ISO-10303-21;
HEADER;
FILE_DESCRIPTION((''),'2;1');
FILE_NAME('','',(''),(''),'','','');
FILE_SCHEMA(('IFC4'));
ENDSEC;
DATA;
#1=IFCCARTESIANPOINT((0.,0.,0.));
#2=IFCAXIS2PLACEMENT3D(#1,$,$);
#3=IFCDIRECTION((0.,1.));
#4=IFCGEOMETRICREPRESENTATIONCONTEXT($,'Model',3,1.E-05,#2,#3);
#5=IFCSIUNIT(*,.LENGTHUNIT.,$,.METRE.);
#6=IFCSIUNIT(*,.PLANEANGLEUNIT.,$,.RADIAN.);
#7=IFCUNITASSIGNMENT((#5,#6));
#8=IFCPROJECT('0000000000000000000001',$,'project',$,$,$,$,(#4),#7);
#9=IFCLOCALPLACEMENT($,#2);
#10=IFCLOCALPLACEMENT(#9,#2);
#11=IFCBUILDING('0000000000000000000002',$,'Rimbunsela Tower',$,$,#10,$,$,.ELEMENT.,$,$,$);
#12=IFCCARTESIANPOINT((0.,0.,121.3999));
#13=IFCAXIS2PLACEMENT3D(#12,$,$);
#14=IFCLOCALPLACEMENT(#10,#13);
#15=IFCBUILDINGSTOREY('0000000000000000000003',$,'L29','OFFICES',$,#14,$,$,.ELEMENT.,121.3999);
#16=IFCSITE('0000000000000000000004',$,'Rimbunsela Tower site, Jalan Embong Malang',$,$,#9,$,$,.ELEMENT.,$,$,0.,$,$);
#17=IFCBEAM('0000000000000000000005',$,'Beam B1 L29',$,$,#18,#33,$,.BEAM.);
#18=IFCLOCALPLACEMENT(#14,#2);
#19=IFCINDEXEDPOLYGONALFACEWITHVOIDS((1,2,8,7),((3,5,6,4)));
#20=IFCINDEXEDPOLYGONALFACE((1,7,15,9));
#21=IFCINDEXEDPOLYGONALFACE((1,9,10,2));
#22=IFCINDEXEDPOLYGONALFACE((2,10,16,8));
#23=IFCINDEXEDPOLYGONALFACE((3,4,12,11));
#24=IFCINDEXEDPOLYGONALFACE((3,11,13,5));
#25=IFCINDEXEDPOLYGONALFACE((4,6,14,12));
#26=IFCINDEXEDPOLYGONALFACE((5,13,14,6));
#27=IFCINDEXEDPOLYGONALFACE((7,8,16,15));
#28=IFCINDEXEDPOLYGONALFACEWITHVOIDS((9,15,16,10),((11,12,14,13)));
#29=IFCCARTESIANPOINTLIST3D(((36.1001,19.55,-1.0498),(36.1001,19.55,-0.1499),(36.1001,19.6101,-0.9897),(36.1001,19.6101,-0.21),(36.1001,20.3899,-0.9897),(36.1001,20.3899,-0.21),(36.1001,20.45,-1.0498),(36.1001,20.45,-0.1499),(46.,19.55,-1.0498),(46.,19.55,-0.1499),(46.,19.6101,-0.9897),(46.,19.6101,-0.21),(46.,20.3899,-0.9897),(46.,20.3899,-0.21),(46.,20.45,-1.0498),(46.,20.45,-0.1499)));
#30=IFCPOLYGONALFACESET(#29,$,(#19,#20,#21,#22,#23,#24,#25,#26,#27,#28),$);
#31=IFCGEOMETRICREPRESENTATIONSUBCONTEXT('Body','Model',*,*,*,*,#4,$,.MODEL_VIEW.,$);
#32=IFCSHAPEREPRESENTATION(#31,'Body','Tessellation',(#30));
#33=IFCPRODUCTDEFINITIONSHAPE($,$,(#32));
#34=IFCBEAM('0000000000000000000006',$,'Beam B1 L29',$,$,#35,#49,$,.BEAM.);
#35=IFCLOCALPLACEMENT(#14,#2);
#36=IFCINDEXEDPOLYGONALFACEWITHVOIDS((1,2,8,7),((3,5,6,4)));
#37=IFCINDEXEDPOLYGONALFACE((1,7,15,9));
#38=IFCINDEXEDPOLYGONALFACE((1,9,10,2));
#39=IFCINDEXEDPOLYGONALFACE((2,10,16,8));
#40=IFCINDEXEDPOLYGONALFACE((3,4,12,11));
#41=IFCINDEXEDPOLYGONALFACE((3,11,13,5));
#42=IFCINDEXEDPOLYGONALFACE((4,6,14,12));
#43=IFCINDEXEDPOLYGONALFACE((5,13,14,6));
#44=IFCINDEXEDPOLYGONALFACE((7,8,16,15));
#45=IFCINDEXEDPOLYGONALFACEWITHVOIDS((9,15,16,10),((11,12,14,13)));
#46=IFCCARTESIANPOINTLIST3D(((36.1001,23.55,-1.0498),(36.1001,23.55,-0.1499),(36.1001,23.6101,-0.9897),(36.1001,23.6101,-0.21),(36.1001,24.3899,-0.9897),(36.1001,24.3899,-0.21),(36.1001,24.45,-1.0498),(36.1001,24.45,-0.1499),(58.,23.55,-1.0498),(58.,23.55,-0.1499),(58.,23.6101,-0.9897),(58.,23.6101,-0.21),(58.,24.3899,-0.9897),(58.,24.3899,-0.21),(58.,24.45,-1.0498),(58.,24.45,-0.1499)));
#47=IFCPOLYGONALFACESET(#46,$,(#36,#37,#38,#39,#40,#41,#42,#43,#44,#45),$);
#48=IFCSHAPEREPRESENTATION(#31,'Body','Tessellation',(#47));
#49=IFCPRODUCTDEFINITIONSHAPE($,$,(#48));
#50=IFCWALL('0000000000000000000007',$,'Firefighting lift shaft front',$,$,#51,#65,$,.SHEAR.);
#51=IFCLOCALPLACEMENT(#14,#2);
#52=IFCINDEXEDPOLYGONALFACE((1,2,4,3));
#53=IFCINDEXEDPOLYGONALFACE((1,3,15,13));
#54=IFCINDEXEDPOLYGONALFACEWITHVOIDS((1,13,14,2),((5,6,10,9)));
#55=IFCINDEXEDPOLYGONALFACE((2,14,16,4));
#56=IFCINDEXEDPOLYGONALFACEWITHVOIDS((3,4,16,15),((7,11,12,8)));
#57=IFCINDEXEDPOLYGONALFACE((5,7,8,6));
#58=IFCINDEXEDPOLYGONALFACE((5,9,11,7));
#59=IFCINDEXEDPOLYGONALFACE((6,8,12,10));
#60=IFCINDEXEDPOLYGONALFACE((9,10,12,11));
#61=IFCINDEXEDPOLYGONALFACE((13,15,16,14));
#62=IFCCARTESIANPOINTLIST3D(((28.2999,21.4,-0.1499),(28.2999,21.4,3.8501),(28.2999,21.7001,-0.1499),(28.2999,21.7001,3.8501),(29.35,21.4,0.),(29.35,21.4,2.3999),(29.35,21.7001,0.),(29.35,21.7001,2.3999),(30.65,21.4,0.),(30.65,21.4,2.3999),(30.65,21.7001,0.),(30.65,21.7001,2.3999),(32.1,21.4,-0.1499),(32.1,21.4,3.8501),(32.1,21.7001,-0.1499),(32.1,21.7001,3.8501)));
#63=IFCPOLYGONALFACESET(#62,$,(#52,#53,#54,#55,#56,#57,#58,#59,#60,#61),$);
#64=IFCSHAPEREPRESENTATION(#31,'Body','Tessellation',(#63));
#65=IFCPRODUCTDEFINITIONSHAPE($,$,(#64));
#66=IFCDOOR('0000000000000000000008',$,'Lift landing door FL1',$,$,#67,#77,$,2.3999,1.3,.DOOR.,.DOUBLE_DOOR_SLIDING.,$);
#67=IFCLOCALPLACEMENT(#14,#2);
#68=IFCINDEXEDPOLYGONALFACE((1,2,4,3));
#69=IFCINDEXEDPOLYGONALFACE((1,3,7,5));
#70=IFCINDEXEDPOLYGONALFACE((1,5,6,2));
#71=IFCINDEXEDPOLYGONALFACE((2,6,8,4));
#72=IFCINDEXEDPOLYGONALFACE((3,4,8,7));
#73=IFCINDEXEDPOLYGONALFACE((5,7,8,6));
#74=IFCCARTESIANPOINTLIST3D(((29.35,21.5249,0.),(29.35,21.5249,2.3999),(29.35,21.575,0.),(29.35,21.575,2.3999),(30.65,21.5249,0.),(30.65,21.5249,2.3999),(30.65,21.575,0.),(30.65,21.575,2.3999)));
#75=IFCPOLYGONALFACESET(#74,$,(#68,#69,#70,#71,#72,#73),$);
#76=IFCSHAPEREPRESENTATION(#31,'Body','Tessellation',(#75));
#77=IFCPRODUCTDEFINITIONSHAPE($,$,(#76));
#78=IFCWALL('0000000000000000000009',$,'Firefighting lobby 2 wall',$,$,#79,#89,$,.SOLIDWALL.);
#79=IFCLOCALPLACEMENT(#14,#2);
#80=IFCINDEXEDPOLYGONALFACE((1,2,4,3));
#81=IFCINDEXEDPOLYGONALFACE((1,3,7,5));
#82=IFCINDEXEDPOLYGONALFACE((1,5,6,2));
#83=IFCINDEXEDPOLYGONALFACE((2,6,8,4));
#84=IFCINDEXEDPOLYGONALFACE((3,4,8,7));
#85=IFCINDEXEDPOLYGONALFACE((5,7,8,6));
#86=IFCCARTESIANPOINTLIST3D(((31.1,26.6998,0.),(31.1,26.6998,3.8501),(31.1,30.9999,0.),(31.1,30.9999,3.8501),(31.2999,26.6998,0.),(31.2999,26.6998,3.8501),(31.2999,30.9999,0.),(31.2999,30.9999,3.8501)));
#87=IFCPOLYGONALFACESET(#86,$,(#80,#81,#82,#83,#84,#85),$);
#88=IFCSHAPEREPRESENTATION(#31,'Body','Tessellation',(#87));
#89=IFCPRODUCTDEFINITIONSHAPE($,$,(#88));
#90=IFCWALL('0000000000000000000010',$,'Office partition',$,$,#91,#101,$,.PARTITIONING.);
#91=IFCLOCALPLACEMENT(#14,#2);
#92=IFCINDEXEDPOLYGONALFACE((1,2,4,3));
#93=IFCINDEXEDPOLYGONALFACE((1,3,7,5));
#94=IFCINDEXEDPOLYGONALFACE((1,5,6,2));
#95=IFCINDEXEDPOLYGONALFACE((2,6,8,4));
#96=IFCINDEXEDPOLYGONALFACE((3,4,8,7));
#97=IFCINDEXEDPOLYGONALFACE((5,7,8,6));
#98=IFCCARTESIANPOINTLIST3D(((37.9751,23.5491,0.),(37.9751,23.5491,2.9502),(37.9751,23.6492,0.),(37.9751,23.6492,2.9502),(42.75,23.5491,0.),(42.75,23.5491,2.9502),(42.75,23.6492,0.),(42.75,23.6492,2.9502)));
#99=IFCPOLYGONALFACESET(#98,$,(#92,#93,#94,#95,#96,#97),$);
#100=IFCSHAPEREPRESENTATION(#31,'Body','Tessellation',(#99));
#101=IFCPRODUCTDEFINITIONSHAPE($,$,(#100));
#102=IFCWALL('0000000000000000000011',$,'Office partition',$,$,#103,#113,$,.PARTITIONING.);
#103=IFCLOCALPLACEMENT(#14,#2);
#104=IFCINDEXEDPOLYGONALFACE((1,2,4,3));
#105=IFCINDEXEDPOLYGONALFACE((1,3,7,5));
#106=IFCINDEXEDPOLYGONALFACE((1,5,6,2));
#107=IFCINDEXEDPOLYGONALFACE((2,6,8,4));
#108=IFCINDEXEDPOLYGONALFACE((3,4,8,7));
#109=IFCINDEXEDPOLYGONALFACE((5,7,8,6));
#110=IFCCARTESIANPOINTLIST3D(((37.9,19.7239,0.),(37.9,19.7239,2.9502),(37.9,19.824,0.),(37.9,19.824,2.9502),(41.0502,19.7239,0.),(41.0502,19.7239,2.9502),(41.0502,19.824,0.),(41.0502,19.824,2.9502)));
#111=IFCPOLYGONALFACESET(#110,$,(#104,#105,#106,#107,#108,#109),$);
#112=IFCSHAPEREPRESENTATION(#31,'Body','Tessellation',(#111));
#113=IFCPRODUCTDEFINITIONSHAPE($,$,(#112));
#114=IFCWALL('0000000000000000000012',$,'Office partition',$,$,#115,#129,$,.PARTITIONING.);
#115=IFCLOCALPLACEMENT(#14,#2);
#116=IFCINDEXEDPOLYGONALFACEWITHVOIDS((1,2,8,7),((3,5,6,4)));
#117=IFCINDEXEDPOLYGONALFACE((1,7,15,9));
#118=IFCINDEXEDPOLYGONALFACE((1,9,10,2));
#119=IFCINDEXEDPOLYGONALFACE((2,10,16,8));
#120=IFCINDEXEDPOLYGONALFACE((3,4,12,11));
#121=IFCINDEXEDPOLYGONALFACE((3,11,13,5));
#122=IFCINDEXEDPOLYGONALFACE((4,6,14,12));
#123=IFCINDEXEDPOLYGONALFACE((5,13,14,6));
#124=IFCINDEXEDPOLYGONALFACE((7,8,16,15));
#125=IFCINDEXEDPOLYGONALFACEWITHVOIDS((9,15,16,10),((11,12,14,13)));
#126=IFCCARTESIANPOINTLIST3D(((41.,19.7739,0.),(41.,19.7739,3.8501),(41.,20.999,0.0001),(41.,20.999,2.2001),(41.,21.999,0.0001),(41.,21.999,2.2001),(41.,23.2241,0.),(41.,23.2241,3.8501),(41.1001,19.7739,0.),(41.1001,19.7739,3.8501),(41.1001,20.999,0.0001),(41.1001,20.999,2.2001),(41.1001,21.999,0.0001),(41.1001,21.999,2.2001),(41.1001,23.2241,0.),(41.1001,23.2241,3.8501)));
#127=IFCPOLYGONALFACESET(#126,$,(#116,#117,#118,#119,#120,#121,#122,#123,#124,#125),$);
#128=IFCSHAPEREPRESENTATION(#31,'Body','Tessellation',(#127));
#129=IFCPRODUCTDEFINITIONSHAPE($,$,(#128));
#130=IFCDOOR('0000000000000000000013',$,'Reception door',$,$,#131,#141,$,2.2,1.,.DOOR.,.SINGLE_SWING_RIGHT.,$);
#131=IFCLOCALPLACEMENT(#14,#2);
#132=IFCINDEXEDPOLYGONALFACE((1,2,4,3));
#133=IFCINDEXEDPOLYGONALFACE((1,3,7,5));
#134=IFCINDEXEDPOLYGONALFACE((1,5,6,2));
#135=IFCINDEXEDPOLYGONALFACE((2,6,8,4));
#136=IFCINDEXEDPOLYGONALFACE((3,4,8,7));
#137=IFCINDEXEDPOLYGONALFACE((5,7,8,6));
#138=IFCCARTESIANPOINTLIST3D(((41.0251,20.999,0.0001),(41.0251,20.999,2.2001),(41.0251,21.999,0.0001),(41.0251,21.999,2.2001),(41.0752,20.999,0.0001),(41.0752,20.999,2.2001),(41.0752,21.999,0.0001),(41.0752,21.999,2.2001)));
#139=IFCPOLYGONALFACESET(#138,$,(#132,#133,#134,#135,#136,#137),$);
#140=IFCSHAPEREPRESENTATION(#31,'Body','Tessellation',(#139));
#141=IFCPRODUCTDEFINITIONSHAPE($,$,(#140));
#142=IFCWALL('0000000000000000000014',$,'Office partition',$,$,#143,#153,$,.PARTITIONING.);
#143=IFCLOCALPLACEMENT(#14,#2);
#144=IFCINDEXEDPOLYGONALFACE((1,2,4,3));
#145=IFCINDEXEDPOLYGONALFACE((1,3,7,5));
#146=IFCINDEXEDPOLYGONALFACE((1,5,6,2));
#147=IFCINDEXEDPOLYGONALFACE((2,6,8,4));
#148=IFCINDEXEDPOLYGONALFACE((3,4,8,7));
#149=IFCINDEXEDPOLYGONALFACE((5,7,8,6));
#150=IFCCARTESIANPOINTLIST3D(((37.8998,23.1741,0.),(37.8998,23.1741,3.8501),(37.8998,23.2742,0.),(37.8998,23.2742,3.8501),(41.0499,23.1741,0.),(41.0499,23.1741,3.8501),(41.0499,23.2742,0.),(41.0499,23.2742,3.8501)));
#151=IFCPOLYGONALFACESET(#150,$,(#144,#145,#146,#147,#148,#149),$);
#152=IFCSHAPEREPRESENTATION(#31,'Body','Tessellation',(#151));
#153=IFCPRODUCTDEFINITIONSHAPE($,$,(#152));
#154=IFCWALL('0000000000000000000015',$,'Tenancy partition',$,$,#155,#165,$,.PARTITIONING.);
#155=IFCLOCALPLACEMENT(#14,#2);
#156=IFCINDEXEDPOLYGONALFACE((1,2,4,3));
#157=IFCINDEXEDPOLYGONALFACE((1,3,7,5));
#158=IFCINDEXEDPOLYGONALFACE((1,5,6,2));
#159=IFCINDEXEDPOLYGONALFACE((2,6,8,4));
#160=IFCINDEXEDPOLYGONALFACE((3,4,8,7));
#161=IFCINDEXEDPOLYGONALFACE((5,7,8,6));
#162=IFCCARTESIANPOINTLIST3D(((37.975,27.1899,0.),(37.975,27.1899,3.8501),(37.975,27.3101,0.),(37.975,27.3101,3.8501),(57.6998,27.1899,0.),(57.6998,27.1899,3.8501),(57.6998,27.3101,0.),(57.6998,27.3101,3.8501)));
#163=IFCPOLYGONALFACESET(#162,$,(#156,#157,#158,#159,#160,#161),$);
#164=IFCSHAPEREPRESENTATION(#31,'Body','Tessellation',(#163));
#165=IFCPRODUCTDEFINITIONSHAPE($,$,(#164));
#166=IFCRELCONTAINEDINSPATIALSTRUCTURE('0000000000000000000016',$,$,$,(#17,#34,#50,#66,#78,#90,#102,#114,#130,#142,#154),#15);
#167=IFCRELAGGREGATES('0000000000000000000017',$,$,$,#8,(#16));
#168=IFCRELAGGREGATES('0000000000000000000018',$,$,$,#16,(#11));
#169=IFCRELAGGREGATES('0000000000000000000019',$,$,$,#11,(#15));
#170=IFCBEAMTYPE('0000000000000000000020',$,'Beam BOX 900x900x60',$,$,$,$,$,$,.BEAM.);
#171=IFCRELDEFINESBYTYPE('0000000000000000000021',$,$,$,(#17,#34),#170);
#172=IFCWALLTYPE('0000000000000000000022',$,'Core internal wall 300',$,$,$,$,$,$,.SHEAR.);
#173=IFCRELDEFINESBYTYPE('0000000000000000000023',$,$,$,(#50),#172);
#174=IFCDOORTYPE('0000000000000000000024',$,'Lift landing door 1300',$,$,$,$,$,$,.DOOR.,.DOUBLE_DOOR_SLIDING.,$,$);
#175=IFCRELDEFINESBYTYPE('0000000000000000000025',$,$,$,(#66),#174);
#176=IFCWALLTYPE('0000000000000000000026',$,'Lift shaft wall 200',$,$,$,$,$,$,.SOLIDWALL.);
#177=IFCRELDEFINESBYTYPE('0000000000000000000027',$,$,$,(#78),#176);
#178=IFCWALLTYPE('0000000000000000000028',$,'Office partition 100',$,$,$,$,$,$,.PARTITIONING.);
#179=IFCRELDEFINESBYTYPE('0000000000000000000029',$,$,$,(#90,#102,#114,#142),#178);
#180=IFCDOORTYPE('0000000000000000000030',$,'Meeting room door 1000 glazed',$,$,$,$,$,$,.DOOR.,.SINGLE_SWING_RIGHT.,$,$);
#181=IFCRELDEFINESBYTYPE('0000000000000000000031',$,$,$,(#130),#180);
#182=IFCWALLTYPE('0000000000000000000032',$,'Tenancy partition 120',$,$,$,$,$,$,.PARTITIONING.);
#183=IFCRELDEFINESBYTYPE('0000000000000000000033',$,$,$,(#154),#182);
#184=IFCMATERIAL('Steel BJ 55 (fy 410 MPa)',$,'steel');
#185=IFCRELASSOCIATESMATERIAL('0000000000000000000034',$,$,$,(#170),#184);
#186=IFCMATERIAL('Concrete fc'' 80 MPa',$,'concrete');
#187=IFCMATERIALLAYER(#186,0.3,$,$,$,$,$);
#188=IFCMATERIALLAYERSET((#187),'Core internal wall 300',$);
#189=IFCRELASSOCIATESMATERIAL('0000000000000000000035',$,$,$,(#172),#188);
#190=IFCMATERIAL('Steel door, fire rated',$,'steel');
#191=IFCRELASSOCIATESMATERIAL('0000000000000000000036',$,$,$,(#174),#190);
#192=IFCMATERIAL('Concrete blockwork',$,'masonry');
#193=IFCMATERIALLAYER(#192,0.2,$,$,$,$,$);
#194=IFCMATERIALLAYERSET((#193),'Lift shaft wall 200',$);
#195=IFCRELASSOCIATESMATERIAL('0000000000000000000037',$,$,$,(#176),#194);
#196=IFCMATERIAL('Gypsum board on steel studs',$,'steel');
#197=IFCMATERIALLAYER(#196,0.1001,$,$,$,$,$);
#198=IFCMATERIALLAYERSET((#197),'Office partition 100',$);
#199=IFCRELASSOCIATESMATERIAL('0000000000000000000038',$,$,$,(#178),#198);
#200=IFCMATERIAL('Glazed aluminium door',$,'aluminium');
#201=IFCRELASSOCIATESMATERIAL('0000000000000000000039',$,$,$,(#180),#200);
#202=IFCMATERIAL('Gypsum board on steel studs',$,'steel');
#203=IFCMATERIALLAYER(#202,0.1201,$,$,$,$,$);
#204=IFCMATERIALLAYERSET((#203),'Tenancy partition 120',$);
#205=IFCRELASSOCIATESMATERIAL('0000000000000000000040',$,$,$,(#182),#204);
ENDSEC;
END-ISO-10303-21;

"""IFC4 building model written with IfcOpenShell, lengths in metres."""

from ifc_helpers import new_model, si_unit, direction, frame, frame_2d, origin, origin_2d, place, context, subcontext, project, spatial, rectangle, hollow_rectangle, extrude, material, layer, layer_set, material_profile, profile_set, type_object, element, fill, save


model = new_model("IFC4")

# Units and contexts
model_context = context("Model", 3, precision=1e-05, world=origin(), true_north=direction((0.0, 1.0)))
body_context = subcontext(model_context, "Body", "Model", "MODEL_VIEW")
ifc_project = project(units=[si_unit("LENGTHUNIT", "METRE"), si_unit("PLANEANGLEUNIT", "RADIAN")], contexts=[model_context])

# Site, building, storey
site_placement = place(None, origin())
site = spatial("IfcSite", under=ifc_project, at=site_placement, Name="Rimbunsela Tower site, Jalan Embong Malang", CompositionType="ELEMENT", RefElevation=0.0)
building_placement = place(site_placement, origin())
building = spatial("IfcBuilding", under=site, at=building_placement, Name="Rimbunsela Tower", CompositionType="ELEMENT")
storey_placement = place(building_placement, frame((0.0, 0.0, 121.3999)))
storey = spatial("IfcBuildingStorey", under=building, at=storey_placement, Name="L29", Description="OFFICES", CompositionType="ELEMENT", Elevation=121.3999)

# Beams
ifc_material_1 = material(Name="Steel BJ 55 (fy 410 MPa)", Category="steel")
ifc_material_profile = material_profile(ifc_material_1, hollow_rectangle(XDim=0.8999, YDim=0.8999, WallThickness=0.0601, at=origin_2d()), Name="BOX 900x900x60")
ifc_profile_set = profile_set([ifc_material_profile], Name="Steel BJ 55 (fy 410 MPa)")
beam_type = type_object("IfcBeamType", Name="Beam BOX 900x900x60", PredefinedType="BEAM", material=ifc_profile_set)
beam_1_placement = place(storey_placement, frame((36.1001, 20.0, -0.5999), z_axis=(1.0, 0.0, 0.0), x_axis=(0.0, 1.0, 0.0)))
element("IfcBeam", 1, at=beam_1_placement, inside=storey, type_object=beam_type, Name="Beam B1 L29", PredefinedType="BEAM", context=body_context, shape_type="SweptSolid", body=[
    extrude(hollow_rectangle(XDim=0.8999, YDim=0.8999, WallThickness=0.0601, at=origin_2d()), origin(), (0.0, 0.0, 1.0), 9.8999),
])
beam_2_placement = place(storey_placement, frame((36.1001, 24.0, -0.5999), z_axis=(1.0, 0.0, 0.0), x_axis=(0.0, 1.0, 0.0)))
element("IfcBeam", 2, at=beam_2_placement, inside=storey, type_object=beam_type, Name="Beam B1 L29", PredefinedType="BEAM", context=body_context, shape_type="SweptSolid", body=[
    extrude(hollow_rectangle(XDim=0.8999, YDim=0.8999, WallThickness=0.0601, at=origin_2d()), origin(), (0.0, 0.0, 1.0), 21.8999),
])

# Wall, opening, door
ifc_material_2 = material(Name="Concrete fc' 80 MPa", Category="concrete")
ifc_layer_1 = layer(ifc_material_2, 0.3)
ifc_layer_set_1 = layer_set([ifc_layer_1], Name="Core internal wall 300")
wall_type_1 = type_object("IfcWallType", Name="Core internal wall 300", PredefinedType="SHEAR", material=ifc_layer_set_1)
wall_1_placement = place(storey_placement, frame((28.3, 21.55, -0.1499), z_axis=(0.0, 0.0, 1.0), x_axis=(1.0, 0.0, 0.0)))
wall_1 = element("IfcWall", 3, at=wall_1_placement, inside=storey, type_object=wall_type_1, Name="Firefighting lift shaft front", PredefinedType="SHEAR", context=body_context, shape_type="SweptSolid", body=[
    extrude(rectangle(XDim=3.8, YDim=0.3, at=frame_2d((1.8999, 0.0))), origin(), (0.0, 0.0, 1.0), 4.0),
])
opening_1_placement = place(wall_1_placement, frame((1.05, 0.0, 0.1499)))
opening_1 = element("IfcOpeningElement", 4, at=opening_1_placement, cuts=wall_1, PredefinedType="OPENING", context=body_context, shape_type="SweptSolid", body=[
    extrude(rectangle(XDim=1.3, YDim=2.3999, at=frame_2d((0.6499, 1.2))), frame((0.0, 0.1599, 0.0), z_axis=(0.0, -1.0, 0.0), x_axis=(1.0, 0.0, 0.0)), (0.0, 0.0, 1.0), 0.3201),
])
ifc_material_3 = material(Name="Steel door, fire rated", Category="steel")
door_type_1 = type_object("IfcDoorType", Name="Lift landing door 1300", OperationType="DOUBLE_DOOR_SLIDING", PredefinedType="DOOR", material=ifc_material_3)
door_1_placement = place(opening_1_placement, origin())
door_1 = element("IfcDoor", 5, at=door_1_placement, inside=storey, type_object=door_type_1, Name="Lift landing door FL1", OperationType="DOUBLE_DOOR_SLIDING", OverallHeight=2.3999, OverallWidth=1.3, PredefinedType="DOOR", context=body_context, shape_type="SweptSolid", body=[
    extrude(rectangle(XDim=1.3, YDim=2.3999, at=frame_2d((0.6499, 1.2))), frame((0.0, 0.0249, 0.0), z_axis=(0.0, -1.0, 0.0), x_axis=(1.0, 0.0, 0.0)), (0.0, 0.0, 1.0), 0.05),
])
fill(opening_1, door_1)

# Walls
ifc_material_4 = material(Name="Concrete blockwork", Category="masonry")
ifc_layer_2 = layer(ifc_material_4, 0.2)
ifc_layer_set_2 = layer_set([ifc_layer_2], Name="Lift shaft wall 200")
wall_type_2 = type_object("IfcWallType", Name="Lift shaft wall 200", PredefinedType="SOLIDWALL", material=ifc_layer_set_2)
wall_2_placement = place(storey_placement, frame((31.2, 26.7, 0.0), z_axis=(0.0, 0.0, 1.0), x_axis=(0.0, 1.0, 0.0)))
element("IfcWall", 6, at=wall_2_placement, inside=storey, type_object=wall_type_2, Name="Firefighting lobby 2 wall", PredefinedType="SOLIDWALL", context=body_context, shape_type="SweptSolid", body=[
    extrude(rectangle(XDim=4.3, YDim=0.2, at=frame_2d((2.1499, 0.0))), origin(), (0.0, 0.0, 1.0), 3.8501),
])
ifc_material_5 = material(Name="Gypsum board on steel studs", Category="steel")
ifc_layer_3 = layer(ifc_material_5, 0.1001)
ifc_layer_set_3 = layer_set([ifc_layer_3], Name="Office partition 100")
wall_type_3 = type_object("IfcWallType", Name="Office partition 100", PredefinedType="PARTITIONING", material=ifc_layer_set_3)
wall_3_placement = place(storey_placement, frame((37.9751, 23.5991, 0.0), z_axis=(0.0, 0.0, 1.0), x_axis=(1.0, 0.0, 0.0)))
element("IfcWall", 7, at=wall_3_placement, inside=storey, type_object=wall_type_3, Name="Office partition", PredefinedType="PARTITIONING", context=body_context, shape_type="SweptSolid", body=[
    extrude(rectangle(XDim=4.7749, YDim=0.1001, at=frame_2d((2.3875, 0.0))), origin(), (0.0, 0.0, 1.0), 2.9502),
])
wall_4_placement = place(storey_placement, frame((37.8999, 19.7739, 0.0), z_axis=(0.0, 0.0, 1.0), x_axis=(1.0, 0.0, 0.0)))
element("IfcWall", 8, at=wall_4_placement, inside=storey, type_object=wall_type_3, Name="Office partition", PredefinedType="PARTITIONING", context=body_context, shape_type="SweptSolid", body=[
    extrude(rectangle(XDim=3.1501, YDim=0.1001, at=frame_2d((1.5752, 0.0))), origin(), (0.0, 0.0, 1.0), 2.9502),
])

# Wall, opening, door
wall_5_placement = place(storey_placement, frame((41.05, 19.7739, 0.0), z_axis=(0.0, 0.0, 1.0), x_axis=(0.0, 1.0, 0.0)))
wall_5 = element("IfcWall", 9, at=wall_5_placement, inside=storey, type_object=wall_type_3, Name="Office partition", PredefinedType="PARTITIONING", context=body_context, shape_type="SweptSolid", body=[
    extrude(rectangle(XDim=3.4502, YDim=0.1001, at=frame_2d((1.7251, 0.0))), origin(), (0.0, 0.0, 1.0), 3.8501),
])
opening_2_placement = place(wall_5_placement, frame((1.2251, 0.0, 0.0)))
opening_2 = element("IfcOpeningElement", 10, at=opening_2_placement, cuts=wall_5, PredefinedType="OPENING", context=body_context, shape_type="SweptSolid", body=[
    extrude(rectangle(XDim=1.0, YDim=2.2, at=frame_2d((0.5, 1.1001))), frame((0.0, 0.0601, 0.0), z_axis=(0.0, -1.0, 0.0), x_axis=(1.0, 0.0, 0.0)), (0.0, 0.0, 1.0), 0.1201),
])
ifc_material_6 = material(Name="Glazed aluminium door", Category="aluminium")
door_type_2 = type_object("IfcDoorType", Name="Meeting room door 1000 glazed", OperationType="SINGLE_SWING_RIGHT", PredefinedType="DOOR", material=ifc_material_6)
door_2_placement = place(opening_2_placement, origin())
door_2 = element("IfcDoor", 11, at=door_2_placement, inside=storey, type_object=door_type_2, Name="Reception door", OperationType="SINGLE_SWING_RIGHT", OverallHeight=2.2, OverallWidth=1.0, PredefinedType="DOOR", context=body_context, shape_type="SweptSolid", body=[
    extrude(rectangle(XDim=1.0, YDim=2.2, at=frame_2d((0.5, 1.1001))), frame((0.0, 0.0249, 0.0), z_axis=(0.0, -1.0, 0.0), x_axis=(1.0, 0.0, 0.0)), (0.0, 0.0, 1.0), 0.05),
])
fill(opening_2, door_2)

# Walls
wall_6_placement = place(storey_placement, frame((41.05, 23.2241, 0.0), z_axis=(0.0, 0.0, 1.0), x_axis=(-1.0, 0.0, 0.0)))
element("IfcWall", 12, at=wall_6_placement, inside=storey, type_object=wall_type_3, Name="Office partition", PredefinedType="PARTITIONING", context=body_context, shape_type="SweptSolid", body=[
    extrude(rectangle(XDim=3.1501, YDim=0.1001, at=frame_2d((1.5752, 0.0))), origin(), (0.0, 0.0, 1.0), 3.8501),
])
ifc_material_7 = material(Name="Gypsum board on steel studs", Category="steel")
ifc_layer_4 = layer(ifc_material_7, 0.1201)
ifc_layer_set_4 = layer_set([ifc_layer_4], Name="Tenancy partition 120")
wall_type_4 = type_object("IfcWallType", Name="Tenancy partition 120", PredefinedType="PARTITIONING", material=ifc_layer_set_4)
wall_7_placement = place(storey_placement, frame((37.9751, 27.25, 0.0), z_axis=(0.0, 0.0, 1.0), x_axis=(1.0, 0.0, 0.0)))
element("IfcWall", 13, at=wall_7_placement, inside=storey, type_object=wall_type_4, Name="Tenancy partition", PredefinedType="PARTITIONING", context=body_context, shape_type="SweptSolid", body=[
    extrude(rectangle(XDim=19.7249, YDim=0.1201, at=frame_2d((9.8623, 0.0))), origin(), (0.0, 0.0, 1.0), 3.8501),
])

save(model, "model.ifc")
